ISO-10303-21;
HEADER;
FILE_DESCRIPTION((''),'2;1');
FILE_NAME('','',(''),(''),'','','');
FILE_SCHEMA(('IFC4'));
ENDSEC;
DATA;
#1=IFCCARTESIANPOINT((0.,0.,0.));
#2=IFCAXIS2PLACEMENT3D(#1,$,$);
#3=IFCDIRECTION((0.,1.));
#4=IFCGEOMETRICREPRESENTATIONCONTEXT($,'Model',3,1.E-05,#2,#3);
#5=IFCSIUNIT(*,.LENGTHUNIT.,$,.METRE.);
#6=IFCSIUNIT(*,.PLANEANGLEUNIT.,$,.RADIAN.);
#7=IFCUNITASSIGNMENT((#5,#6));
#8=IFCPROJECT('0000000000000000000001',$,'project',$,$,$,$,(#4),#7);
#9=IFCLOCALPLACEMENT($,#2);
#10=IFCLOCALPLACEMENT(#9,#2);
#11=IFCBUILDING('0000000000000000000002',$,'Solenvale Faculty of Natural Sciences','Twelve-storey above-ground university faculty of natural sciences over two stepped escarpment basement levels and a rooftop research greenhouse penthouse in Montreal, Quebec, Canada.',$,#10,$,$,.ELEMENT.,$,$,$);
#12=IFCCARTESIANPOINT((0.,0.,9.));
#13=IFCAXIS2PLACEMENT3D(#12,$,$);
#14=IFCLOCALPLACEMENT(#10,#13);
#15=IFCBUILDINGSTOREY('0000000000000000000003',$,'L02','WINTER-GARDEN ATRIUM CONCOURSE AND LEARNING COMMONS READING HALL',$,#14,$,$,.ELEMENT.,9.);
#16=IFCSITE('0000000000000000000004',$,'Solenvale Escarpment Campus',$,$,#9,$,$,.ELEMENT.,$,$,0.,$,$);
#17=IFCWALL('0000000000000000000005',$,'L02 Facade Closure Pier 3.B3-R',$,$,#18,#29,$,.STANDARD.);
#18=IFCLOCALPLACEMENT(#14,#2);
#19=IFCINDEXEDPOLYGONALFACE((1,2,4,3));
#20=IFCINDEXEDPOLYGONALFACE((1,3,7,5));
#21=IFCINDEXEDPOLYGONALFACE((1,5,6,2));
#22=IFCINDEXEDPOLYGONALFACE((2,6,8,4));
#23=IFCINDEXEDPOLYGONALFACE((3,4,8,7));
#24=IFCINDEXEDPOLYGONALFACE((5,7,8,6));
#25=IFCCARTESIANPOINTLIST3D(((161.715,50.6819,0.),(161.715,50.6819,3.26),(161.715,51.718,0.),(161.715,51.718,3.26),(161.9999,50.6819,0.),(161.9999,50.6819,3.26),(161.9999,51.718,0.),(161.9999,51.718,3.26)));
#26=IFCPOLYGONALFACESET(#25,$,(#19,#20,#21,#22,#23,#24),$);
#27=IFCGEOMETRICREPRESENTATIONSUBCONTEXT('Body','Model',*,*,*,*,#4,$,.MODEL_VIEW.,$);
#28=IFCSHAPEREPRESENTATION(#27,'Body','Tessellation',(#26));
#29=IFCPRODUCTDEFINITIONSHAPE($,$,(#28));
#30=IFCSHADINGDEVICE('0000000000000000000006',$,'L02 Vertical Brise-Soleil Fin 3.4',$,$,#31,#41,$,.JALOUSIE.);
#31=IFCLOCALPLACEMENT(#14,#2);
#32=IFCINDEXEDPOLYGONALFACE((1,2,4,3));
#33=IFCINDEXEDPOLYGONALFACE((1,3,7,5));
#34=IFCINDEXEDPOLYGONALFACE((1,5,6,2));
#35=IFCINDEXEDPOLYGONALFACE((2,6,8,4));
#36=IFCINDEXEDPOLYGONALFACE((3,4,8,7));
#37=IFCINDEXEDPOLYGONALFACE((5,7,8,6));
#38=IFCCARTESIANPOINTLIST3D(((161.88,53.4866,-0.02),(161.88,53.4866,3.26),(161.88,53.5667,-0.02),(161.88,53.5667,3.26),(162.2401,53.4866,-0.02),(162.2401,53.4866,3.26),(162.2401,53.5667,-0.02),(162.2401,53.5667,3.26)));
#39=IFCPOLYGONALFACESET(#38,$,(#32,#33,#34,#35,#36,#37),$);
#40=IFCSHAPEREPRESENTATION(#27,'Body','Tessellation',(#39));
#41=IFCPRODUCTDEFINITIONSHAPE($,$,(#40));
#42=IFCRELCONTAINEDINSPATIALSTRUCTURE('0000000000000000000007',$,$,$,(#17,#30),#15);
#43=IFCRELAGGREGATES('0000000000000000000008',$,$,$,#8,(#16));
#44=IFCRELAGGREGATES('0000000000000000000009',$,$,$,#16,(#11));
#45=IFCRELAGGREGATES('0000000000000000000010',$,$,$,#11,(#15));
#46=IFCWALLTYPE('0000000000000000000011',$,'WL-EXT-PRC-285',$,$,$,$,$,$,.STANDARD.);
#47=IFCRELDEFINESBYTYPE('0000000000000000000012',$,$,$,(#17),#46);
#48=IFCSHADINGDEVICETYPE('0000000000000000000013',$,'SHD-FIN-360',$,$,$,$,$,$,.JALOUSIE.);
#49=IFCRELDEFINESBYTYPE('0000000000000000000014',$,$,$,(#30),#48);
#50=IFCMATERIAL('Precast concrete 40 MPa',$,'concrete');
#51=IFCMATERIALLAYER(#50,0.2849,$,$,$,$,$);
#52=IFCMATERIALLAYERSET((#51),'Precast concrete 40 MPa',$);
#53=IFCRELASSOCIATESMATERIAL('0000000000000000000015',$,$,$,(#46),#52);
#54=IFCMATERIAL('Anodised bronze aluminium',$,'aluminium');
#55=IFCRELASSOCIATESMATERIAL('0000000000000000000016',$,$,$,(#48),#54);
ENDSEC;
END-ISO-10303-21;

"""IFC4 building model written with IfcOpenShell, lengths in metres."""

from ifc_helpers import new_model, si_unit, direction, frame, frame_2d, origin, origin_2d, place, context, subcontext, project, spatial, rectangle, extrude, material, layer, layer_set, material_profile, profile_set, type_object, element, save


model = new_model("IFC4")

# Units and contexts
model_context = context("Model", 3, precision=1e-05, world=origin(), true_north=direction((0.0, 1.0)))
body_context = subcontext(model_context, "Body", "Model", "MODEL_VIEW")
ifc_project = project(units=[si_unit("LENGTHUNIT", "METRE"), si_unit("PLANEANGLEUNIT", "RADIAN")], contexts=[model_context])

# Site, building, storey
site_placement = place(None, origin())
site = spatial("IfcSite", under=ifc_project, at=site_placement, Name="Solenvale Escarpment Campus", CompositionType="ELEMENT", RefElevation=0.0)
building_placement = place(site_placement, origin())
building = spatial("IfcBuilding", under=site, at=building_placement, Name="Solenvale Faculty of Natural Sciences", Description="Twelve-storey above-ground university faculty of natural sciences over two stepped escarpment basement levels and a rooftop research greenhouse penthouse in Montreal, Quebec, Canada.", CompositionType="ELEMENT")
storey_placement = place(building_placement, frame((0.0, 0.0, 9.0)))
storey = spatial("IfcBuildingStorey", under=building, at=storey_placement, Name="L02", Description="WINTER-GARDEN ATRIUM CONCOURSE AND LEARNING COMMONS READING HALL", CompositionType="ELEMENT", Elevation=9.0)

# Shared definitions
ifc_material_1 = material(Name="Anodised bronze aluminium", Category="aluminium")

# Wall
ifc_material_2 = material(Name="Precast concrete 40 MPa", Category="concrete")
ifc_layer_1 = layer(ifc_material_2, 0.2849)
ifc_layer_set_1 = layer_set([ifc_layer_1], Name="Precast concrete 40 MPa")
wall_type = type_object("IfcWallType", Name="WL-EXT-PRC-285", PredefinedType="STANDARD", material=ifc_layer_set_1)
wall_placement = place(storey_placement, frame((161.8574, 50.6819, 0.0), z_axis=(0.0, 0.0, 1.0), x_axis=(0.0, 1.0, 0.0)))
element("IfcWall", 1, at=wall_placement, inside=storey, type_object=wall_type, Name="L02 Facade Closure Pier 3.B3-R", PredefinedType="STANDARD", context=body_context, shape_type="SweptSolid", body=[
    extrude(rectangle(XDim=1.0361, YDim=0.2849, at=frame_2d((0.5181, 0.0))), origin(), (0.0, 0.0, 1.0), 3.26),
])

# Shading device
ifc_material_profile_1 = material_profile(ifc_material_1, rectangle(XDim=0.0801, YDim=0.3601, at=origin_2d()), Name="ALU-FIN-80x360")
ifc_profile_set_1 = profile_set([ifc_material_profile_1], Name="Anodised bronze aluminium")
shading_device_type = type_object("IfcShadingDeviceType", Name="SHD-FIN-360", PredefinedType="JALOUSIE", material=ifc_profile_set_1)
shading_device_placement = place(storey_placement, frame((162.0601, 53.5266, -0.02), z_axis=(0.0, 0.0, 1.0), x_axis=(0.0, 1.0, 0.0)))
element("IfcShadingDevice", 2, at=shading_device_placement, inside=storey, type_object=shading_device_type, Name="L02 Vertical Brise-Soleil Fin 3.4", PredefinedType="JALOUSIE", context=body_context, shape_type="SweptSolid", body=[
    extrude(rectangle(XDim=0.0801, YDim=0.3601, at=origin_2d()), origin(), (0.0, 0.0, 1.0), 3.28),
])

save(model, "model.ifc")
